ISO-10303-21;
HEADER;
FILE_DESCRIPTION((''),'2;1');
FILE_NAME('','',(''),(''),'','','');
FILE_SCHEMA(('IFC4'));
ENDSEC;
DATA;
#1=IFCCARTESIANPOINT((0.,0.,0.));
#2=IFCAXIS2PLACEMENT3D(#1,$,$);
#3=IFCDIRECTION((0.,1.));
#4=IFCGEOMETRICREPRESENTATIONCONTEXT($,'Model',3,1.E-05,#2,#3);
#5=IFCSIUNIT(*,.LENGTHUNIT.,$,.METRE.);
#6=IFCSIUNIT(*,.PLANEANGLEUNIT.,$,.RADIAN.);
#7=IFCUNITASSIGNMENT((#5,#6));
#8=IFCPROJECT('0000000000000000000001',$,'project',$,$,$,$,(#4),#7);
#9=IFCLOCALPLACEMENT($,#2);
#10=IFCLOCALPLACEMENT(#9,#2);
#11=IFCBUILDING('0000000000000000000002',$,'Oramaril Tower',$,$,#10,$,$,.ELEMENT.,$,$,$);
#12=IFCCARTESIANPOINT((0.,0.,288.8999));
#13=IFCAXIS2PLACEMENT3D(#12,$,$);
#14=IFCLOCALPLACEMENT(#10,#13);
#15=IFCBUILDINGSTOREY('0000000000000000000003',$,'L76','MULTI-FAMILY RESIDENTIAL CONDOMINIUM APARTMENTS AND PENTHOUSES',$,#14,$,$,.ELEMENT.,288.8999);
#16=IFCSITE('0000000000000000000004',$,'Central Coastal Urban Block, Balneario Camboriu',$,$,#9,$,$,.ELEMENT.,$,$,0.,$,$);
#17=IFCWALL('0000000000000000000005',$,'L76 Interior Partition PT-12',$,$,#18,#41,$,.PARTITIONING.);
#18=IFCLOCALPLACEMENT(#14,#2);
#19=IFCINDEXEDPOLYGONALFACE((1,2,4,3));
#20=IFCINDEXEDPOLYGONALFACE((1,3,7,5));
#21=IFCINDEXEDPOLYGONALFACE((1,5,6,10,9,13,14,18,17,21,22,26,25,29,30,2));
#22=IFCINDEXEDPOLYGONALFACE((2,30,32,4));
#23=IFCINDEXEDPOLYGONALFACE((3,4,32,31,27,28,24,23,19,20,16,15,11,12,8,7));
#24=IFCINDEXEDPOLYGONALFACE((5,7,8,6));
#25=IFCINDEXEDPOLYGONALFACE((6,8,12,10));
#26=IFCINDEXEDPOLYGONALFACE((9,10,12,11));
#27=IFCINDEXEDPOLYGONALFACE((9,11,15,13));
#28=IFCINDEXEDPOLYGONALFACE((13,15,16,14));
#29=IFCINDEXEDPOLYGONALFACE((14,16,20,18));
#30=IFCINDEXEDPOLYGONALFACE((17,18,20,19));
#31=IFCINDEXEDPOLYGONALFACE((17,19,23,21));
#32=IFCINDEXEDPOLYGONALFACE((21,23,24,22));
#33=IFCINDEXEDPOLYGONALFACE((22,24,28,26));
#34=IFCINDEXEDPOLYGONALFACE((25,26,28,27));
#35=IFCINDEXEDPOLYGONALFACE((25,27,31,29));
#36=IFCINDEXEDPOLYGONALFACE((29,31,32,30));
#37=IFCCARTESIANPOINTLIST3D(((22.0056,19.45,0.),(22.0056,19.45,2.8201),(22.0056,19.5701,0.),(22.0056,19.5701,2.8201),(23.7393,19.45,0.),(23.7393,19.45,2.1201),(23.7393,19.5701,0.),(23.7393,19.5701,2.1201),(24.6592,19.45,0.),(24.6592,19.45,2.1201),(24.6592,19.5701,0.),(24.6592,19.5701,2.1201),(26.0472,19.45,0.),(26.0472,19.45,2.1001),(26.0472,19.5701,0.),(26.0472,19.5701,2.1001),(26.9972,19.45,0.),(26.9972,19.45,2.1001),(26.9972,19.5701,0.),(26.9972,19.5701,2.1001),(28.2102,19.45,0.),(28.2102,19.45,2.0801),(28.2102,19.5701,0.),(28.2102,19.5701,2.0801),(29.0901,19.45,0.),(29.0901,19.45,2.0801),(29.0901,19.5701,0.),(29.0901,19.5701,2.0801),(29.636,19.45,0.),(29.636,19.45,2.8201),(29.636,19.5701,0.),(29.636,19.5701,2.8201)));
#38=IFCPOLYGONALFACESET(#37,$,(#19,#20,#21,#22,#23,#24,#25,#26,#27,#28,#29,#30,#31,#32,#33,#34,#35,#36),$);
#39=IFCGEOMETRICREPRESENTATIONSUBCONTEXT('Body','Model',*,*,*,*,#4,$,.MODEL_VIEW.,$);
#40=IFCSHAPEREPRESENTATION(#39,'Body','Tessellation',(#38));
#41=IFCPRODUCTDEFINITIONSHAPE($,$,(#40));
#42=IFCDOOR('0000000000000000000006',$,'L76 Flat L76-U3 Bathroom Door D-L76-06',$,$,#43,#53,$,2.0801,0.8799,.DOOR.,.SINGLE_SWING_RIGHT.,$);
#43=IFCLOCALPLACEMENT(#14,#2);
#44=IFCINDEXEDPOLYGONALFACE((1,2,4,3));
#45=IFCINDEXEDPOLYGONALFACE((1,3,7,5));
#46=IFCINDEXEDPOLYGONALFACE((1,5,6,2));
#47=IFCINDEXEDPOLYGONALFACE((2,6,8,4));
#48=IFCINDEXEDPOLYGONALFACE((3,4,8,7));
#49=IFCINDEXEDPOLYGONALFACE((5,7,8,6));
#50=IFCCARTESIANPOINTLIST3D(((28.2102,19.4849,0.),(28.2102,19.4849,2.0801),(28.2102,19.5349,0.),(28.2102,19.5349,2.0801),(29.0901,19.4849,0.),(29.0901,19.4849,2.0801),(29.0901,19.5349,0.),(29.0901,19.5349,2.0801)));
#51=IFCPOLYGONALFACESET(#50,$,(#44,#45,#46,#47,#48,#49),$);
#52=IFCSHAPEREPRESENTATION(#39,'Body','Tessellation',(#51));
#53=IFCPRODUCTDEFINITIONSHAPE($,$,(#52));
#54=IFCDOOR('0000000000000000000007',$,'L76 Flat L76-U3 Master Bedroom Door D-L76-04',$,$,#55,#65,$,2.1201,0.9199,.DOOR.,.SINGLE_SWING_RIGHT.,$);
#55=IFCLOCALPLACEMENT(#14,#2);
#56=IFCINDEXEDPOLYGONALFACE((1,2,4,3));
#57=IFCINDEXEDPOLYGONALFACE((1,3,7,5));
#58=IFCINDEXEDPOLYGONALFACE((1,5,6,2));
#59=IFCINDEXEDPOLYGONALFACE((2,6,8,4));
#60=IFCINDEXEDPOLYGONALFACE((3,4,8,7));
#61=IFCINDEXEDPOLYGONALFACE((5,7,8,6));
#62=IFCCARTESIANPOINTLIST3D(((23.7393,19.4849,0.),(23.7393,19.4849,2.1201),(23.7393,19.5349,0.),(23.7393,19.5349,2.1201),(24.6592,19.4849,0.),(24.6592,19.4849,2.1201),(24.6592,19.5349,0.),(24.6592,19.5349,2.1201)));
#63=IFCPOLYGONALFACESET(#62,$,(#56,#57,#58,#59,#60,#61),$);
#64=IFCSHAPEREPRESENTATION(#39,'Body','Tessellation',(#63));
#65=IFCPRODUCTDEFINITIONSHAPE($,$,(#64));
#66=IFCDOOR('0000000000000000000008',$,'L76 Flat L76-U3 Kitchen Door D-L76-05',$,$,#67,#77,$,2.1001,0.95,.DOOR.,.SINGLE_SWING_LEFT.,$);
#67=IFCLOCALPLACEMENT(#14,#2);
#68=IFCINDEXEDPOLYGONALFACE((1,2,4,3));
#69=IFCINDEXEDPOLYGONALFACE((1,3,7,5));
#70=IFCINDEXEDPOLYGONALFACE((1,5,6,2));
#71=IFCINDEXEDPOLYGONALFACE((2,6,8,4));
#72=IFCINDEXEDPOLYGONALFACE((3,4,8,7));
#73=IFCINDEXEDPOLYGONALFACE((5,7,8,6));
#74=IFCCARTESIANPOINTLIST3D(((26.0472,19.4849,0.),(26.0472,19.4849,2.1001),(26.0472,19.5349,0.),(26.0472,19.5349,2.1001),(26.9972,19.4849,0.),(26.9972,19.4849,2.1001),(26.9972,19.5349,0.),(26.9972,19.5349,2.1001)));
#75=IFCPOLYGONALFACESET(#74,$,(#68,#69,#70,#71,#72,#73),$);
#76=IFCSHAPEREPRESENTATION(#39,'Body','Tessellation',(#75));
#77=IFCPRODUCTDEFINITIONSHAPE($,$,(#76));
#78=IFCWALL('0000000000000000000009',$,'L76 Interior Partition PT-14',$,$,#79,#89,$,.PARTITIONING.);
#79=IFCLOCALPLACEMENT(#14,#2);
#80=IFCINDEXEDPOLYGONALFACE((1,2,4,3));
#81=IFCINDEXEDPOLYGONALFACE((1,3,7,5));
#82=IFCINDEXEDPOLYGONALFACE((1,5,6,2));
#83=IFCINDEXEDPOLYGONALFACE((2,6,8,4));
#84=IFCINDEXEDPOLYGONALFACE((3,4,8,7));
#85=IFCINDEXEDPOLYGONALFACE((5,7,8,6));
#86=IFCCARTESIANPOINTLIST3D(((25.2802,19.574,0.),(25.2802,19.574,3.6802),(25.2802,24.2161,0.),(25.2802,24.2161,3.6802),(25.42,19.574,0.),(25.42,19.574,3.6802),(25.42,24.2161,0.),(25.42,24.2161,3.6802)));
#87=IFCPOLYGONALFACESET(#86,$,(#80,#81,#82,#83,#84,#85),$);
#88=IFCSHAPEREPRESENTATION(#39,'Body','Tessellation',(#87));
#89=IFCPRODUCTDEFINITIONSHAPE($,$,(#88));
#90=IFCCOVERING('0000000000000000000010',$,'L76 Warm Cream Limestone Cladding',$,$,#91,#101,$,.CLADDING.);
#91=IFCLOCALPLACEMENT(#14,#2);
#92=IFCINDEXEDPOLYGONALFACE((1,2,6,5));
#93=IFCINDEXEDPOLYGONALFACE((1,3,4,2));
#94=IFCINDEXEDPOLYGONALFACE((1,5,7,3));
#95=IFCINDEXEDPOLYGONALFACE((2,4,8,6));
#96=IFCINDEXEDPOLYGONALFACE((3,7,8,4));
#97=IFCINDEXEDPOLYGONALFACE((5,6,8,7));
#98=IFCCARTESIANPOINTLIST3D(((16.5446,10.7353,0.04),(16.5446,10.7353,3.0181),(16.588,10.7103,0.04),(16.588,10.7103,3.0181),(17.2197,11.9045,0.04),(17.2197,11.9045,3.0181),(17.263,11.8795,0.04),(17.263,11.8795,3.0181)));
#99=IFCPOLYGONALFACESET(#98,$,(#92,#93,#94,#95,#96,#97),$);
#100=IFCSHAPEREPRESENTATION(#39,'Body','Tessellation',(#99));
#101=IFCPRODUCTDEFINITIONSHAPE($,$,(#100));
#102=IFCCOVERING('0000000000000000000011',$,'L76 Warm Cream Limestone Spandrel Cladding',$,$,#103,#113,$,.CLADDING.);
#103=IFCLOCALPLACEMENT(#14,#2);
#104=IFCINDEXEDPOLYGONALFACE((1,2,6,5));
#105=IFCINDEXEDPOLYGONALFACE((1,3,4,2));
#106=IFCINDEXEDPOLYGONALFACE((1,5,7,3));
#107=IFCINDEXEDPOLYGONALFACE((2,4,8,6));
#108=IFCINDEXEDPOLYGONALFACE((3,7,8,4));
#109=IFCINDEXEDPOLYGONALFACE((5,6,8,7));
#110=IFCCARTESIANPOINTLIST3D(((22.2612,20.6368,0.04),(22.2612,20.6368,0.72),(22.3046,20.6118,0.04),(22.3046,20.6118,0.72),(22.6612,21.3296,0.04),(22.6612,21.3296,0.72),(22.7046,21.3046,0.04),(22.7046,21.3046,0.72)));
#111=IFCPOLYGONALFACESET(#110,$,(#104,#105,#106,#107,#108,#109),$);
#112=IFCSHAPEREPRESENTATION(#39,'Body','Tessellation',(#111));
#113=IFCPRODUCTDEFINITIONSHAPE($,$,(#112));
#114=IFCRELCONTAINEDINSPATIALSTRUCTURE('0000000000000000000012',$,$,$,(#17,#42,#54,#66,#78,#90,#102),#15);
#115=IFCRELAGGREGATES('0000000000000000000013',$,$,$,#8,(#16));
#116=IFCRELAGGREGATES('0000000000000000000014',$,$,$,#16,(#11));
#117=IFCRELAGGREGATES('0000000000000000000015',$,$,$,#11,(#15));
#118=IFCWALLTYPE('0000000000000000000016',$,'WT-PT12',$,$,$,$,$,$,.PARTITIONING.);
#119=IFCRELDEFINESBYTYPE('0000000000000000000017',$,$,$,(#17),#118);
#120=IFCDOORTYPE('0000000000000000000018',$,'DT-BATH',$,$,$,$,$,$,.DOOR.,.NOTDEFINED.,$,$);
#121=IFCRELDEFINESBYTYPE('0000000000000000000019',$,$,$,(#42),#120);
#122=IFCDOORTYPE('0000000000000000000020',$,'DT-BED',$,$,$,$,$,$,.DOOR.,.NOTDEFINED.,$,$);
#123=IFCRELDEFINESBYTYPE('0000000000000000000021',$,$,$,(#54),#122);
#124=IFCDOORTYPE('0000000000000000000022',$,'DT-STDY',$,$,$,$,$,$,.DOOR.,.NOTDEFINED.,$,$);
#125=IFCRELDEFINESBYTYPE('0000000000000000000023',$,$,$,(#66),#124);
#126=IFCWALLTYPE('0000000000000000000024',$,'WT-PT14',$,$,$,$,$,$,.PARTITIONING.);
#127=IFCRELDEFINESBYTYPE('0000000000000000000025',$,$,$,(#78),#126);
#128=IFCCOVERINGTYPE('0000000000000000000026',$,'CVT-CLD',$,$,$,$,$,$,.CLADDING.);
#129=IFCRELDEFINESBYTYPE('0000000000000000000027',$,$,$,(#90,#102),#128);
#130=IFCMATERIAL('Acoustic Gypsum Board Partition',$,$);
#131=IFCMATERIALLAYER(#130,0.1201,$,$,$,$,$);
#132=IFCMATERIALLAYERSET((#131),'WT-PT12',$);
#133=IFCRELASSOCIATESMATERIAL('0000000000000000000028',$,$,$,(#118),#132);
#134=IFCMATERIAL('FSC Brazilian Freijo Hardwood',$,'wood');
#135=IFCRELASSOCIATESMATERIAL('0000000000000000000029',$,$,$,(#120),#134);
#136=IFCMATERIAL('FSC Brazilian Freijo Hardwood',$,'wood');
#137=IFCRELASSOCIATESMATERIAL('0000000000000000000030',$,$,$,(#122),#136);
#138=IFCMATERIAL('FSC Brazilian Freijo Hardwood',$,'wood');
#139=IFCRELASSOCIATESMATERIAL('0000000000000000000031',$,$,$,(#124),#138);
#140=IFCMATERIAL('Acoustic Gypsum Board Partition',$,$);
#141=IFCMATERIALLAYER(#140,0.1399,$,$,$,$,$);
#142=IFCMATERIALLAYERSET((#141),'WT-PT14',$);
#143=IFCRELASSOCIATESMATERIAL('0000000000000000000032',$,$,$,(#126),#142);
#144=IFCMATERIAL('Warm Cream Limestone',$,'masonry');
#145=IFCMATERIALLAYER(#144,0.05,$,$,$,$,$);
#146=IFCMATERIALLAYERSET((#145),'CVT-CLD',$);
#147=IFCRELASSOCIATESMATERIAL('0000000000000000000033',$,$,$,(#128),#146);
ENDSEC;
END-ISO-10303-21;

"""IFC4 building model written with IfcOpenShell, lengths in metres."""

from ifc_helpers import new_model, si_unit, direction, frame, frame_2d, origin, origin_2d, place, context, subcontext, project, spatial, rectangle, extrude, material, layer, layer_set, type_object, element, fill, save


model = new_model("IFC4")

# Units and contexts
model_context = context("Model", 3, precision=1e-05, world=origin(), true_north=direction((0.0, 1.0)))
body_context = subcontext(model_context, "Body", "Model", "MODEL_VIEW")
ifc_project = project(units=[si_unit("LENGTHUNIT", "METRE"), si_unit("PLANEANGLEUNIT", "RADIAN")], contexts=[model_context])

# Site, building, storey
site_placement = place(None, origin())
site = spatial("IfcSite", under=ifc_project, at=site_placement, Name="Central Coastal Urban Block, Balneario Camboriu", CompositionType="ELEMENT", RefElevation=0.0)
building_placement = place(site_placement, origin())
building = spatial("IfcBuilding", under=site, at=building_placement, Name="Oramaril Tower", CompositionType="ELEMENT")
storey_placement = place(building_placement, frame((0.0, 0.0, 288.8999)))
storey = spatial("IfcBuildingStorey", under=building, at=storey_placement, Name="L76", Description="MULTI-FAMILY RESIDENTIAL CONDOMINIUM APARTMENTS AND PENTHOUSES", CompositionType="ELEMENT", Elevation=288.8999)

# Wall, openings, doors
ifc_material_1 = material(Name="Acoustic Gypsum Board Partition")
ifc_layer_1 = layer(ifc_material_1, 0.1201)
ifc_layer_set_1 = layer_set([ifc_layer_1], Name="WT-PT12")
wall_type_1 = type_object("IfcWallType", Name="WT-PT12", PredefinedType="PARTITIONING", material=ifc_layer_set_1)
wall_1_placement = place(storey_placement, frame((22.0056, 19.51, 0.0), z_axis=(0.0, 0.0, 1.0), x_axis=(1.0, 0.0, 0.0)))
wall_1 = element("IfcWall", 1, at=wall_1_placement, inside=storey, type_object=wall_type_1, Name="L76 Interior Partition PT-12", PredefinedType="PARTITIONING", context=body_context, shape_type="SweptSolid", body=[
    extrude(rectangle(XDim=7.6304, YDim=0.1201, at=frame_2d((3.8152, 0.0))), origin(), (0.0, 0.0, 1.0), 2.8201),
])
opening_1_placement = place(wall_1_placement, frame((1.7336, 0.0, 0.0)))
opening_1 = element("IfcOpeningElement", 2, at=opening_1_placement, cuts=wall_1, PredefinedType="OPENING", context=body_context, shape_type="SweptSolid", body=[
    extrude(rectangle(XDim=0.9199, YDim=2.1201, at=frame_2d((0.46, 1.0601))), frame((0.0, 0.0601, 0.0), z_axis=(0.0, -1.0, 0.0), x_axis=(1.0, 0.0, 0.0)), (0.0, 0.0, 1.0), 0.1201),
])
opening_2_placement = place(wall_1_placement, frame((4.0415, 0.0, 0.0)))
opening_2 = element("IfcOpeningElement", 3, at=opening_2_placement, cuts=wall_1, PredefinedType="OPENING", context=body_context, shape_type="SweptSolid", body=[
    extrude(rectangle(XDim=0.95, YDim=2.1001, at=frame_2d((0.4751, 1.05))), frame((0.0, 0.0601, 0.0), z_axis=(0.0, -1.0, 0.0), x_axis=(1.0, 0.0, 0.0)), (0.0, 0.0, 1.0), 0.1201),
])
opening_3_placement = place(wall_1_placement, frame((6.2046, 0.0, 0.0)))
opening_3 = element("IfcOpeningElement", 4, at=opening_3_placement, cuts=wall_1, PredefinedType="OPENING", context=body_context, shape_type="SweptSolid", body=[
    extrude(rectangle(XDim=0.8799, YDim=2.0801, at=frame_2d((0.4399, 1.04))), frame((0.0, 0.0601, 0.0), z_axis=(0.0, -1.0, 0.0), x_axis=(1.0, 0.0, 0.0)), (0.0, 0.0, 1.0), 0.1201),
])
ifc_material_2 = material(Name="FSC Brazilian Freijo Hardwood", Category="wood")
door_type_1 = type_object("IfcDoorType", Name="DT-BATH", OperationType="NOTDEFINED", PredefinedType="DOOR", material=ifc_material_2)
door_1_placement = place(opening_3_placement, origin())
door_1 = element("IfcDoor", 5, at=door_1_placement, inside=storey, type_object=door_type_1, Name="L76 Flat L76-U3 Bathroom Door D-L76-06", OperationType="SINGLE_SWING_RIGHT", OverallHeight=2.0801, OverallWidth=0.8799, PredefinedType="DOOR", context=body_context, shape_type="SweptSolid", body=[
    extrude(rectangle(XDim=0.8799, YDim=2.0801, at=frame_2d((0.4399, 1.04))), frame((0.0, 0.0249, 0.0), z_axis=(0.0, -1.0, 0.0), x_axis=(1.0, 0.0, 0.0)), (0.0, 0.0, 1.0), 0.05),
])
fill(opening_3, door_1)
ifc_material_3 = material(Name="FSC Brazilian Freijo Hardwood", Category="wood")
door_type_2 = type_object("IfcDoorType", Name="DT-BED", OperationType="NOTDEFINED", PredefinedType="DOOR", material=ifc_material_3)
door_2_placement = place(opening_1_placement, origin())
door_2 = element("IfcDoor", 6, at=door_2_placement, inside=storey, type_object=door_type_2, Name="L76 Flat L76-U3 Master Bedroom Door D-L76-04", OperationType="SINGLE_SWING_RIGHT", OverallHeight=2.1201, OverallWidth=0.9199, PredefinedType="DOOR", context=body_context, shape_type="SweptSolid", body=[
    extrude(rectangle(XDim=0.9199, YDim=2.1201, at=frame_2d((0.46, 1.0601))), frame((0.0, 0.0249, 0.0), z_axis=(0.0, -1.0, 0.0), x_axis=(1.0, 0.0, 0.0)), (0.0, 0.0, 1.0), 0.05),
])
fill(opening_1, door_2)
ifc_material_4 = material(Name="FSC Brazilian Freijo Hardwood", Category="wood")
door_type_3 = type_object("IfcDoorType", Name="DT-STDY", OperationType="NOTDEFINED", PredefinedType="DOOR", material=ifc_material_4)
door_3_placement = place(opening_2_placement, origin())
door_3 = element("IfcDoor", 7, at=door_3_placement, inside=storey, type_object=door_type_3, Name="L76 Flat L76-U3 Kitchen Door D-L76-05", OperationType="SINGLE_SWING_LEFT", OverallHeight=2.1001, OverallWidth=0.95, PredefinedType="DOOR", context=body_context, shape_type="SweptSolid", body=[
    extrude(rectangle(XDim=0.95, YDim=2.1001, at=frame_2d((0.4751, 1.05))), frame((0.0, 0.0249, 0.0), z_axis=(0.0, -1.0, 0.0), x_axis=(1.0, 0.0, 0.0)), (0.0, 0.0, 1.0), 0.05),
])
fill(opening_2, door_3)

# Wall
ifc_material_5 = material(Name="Acoustic Gypsum Board Partition")
ifc_layer_2 = layer(ifc_material_5, 0.1399)
ifc_layer_set_2 = layer_set([ifc_layer_2], Name="WT-PT14")
wall_type_2 = type_object("IfcWallType", Name="WT-PT14", PredefinedType="PARTITIONING", material=ifc_layer_set_2)
wall_2_placement = place(storey_placement, frame((25.3501, 19.574, 0.0), z_axis=(0.0, 0.0, 1.0), x_axis=(0.0, 1.0, 0.0)))
element("IfcWall", 8, at=wall_2_placement, inside=storey, type_object=wall_type_2, Name="L76 Interior Partition PT-14", PredefinedType="PARTITIONING", context=body_context, shape_type="SweptSolid", body=[
    extrude(rectangle(XDim=4.6421, YDim=0.1399, at=frame_2d((2.321, 0.0))), origin(), (0.0, 0.0, 1.0), 3.6802),
])

# Coverings
ifc_material_6 = material(Name="Warm Cream Limestone", Category="masonry")
ifc_layer_3 = layer(ifc_material_6, 0.05)
ifc_layer_set_3 = layer_set([ifc_layer_3], Name="CVT-CLD")
covering_type = type_object("IfcCoveringType", Name="CVT-CLD", PredefinedType="CLADDING", material=ifc_layer_set_3)
covering_1_placement = place(storey_placement, frame((16.9038, 11.3074, 0.04), z_axis=(0.0, 0.0, 1.0), x_axis=(-0.499998, -0.866026, 0.0)))
element("IfcCovering", 9, at=covering_1_placement, inside=storey, type_object=covering_type, Name="L76 Warm Cream Limestone Cladding", PredefinedType="CLADDING", context=body_context, shape_type="SweptSolid", body=[
    extrude(rectangle(XDim=1.3501, YDim=0.05, at=origin_2d()), origin(), (0.0, 0.0, 1.0), 2.978),
])
covering_2_placement = place(storey_placement, frame((22.4829, 20.9707, 0.04), z_axis=(0.0, 0.0, 1.0), x_axis=(-0.499998, -0.866026, 0.0)))
element("IfcCovering", 10, at=covering_2_placement, inside=storey, type_object=covering_type, Name="L76 Warm Cream Limestone Spandrel Cladding", PredefinedType="CLADDING", context=body_context, shape_type="SweptSolid", body=[
    extrude(rectangle(XDim=0.8, YDim=0.05, at=origin_2d()), origin(), (0.0, 0.0, 1.0), 0.6799),
])

save(model, "model.ifc")
